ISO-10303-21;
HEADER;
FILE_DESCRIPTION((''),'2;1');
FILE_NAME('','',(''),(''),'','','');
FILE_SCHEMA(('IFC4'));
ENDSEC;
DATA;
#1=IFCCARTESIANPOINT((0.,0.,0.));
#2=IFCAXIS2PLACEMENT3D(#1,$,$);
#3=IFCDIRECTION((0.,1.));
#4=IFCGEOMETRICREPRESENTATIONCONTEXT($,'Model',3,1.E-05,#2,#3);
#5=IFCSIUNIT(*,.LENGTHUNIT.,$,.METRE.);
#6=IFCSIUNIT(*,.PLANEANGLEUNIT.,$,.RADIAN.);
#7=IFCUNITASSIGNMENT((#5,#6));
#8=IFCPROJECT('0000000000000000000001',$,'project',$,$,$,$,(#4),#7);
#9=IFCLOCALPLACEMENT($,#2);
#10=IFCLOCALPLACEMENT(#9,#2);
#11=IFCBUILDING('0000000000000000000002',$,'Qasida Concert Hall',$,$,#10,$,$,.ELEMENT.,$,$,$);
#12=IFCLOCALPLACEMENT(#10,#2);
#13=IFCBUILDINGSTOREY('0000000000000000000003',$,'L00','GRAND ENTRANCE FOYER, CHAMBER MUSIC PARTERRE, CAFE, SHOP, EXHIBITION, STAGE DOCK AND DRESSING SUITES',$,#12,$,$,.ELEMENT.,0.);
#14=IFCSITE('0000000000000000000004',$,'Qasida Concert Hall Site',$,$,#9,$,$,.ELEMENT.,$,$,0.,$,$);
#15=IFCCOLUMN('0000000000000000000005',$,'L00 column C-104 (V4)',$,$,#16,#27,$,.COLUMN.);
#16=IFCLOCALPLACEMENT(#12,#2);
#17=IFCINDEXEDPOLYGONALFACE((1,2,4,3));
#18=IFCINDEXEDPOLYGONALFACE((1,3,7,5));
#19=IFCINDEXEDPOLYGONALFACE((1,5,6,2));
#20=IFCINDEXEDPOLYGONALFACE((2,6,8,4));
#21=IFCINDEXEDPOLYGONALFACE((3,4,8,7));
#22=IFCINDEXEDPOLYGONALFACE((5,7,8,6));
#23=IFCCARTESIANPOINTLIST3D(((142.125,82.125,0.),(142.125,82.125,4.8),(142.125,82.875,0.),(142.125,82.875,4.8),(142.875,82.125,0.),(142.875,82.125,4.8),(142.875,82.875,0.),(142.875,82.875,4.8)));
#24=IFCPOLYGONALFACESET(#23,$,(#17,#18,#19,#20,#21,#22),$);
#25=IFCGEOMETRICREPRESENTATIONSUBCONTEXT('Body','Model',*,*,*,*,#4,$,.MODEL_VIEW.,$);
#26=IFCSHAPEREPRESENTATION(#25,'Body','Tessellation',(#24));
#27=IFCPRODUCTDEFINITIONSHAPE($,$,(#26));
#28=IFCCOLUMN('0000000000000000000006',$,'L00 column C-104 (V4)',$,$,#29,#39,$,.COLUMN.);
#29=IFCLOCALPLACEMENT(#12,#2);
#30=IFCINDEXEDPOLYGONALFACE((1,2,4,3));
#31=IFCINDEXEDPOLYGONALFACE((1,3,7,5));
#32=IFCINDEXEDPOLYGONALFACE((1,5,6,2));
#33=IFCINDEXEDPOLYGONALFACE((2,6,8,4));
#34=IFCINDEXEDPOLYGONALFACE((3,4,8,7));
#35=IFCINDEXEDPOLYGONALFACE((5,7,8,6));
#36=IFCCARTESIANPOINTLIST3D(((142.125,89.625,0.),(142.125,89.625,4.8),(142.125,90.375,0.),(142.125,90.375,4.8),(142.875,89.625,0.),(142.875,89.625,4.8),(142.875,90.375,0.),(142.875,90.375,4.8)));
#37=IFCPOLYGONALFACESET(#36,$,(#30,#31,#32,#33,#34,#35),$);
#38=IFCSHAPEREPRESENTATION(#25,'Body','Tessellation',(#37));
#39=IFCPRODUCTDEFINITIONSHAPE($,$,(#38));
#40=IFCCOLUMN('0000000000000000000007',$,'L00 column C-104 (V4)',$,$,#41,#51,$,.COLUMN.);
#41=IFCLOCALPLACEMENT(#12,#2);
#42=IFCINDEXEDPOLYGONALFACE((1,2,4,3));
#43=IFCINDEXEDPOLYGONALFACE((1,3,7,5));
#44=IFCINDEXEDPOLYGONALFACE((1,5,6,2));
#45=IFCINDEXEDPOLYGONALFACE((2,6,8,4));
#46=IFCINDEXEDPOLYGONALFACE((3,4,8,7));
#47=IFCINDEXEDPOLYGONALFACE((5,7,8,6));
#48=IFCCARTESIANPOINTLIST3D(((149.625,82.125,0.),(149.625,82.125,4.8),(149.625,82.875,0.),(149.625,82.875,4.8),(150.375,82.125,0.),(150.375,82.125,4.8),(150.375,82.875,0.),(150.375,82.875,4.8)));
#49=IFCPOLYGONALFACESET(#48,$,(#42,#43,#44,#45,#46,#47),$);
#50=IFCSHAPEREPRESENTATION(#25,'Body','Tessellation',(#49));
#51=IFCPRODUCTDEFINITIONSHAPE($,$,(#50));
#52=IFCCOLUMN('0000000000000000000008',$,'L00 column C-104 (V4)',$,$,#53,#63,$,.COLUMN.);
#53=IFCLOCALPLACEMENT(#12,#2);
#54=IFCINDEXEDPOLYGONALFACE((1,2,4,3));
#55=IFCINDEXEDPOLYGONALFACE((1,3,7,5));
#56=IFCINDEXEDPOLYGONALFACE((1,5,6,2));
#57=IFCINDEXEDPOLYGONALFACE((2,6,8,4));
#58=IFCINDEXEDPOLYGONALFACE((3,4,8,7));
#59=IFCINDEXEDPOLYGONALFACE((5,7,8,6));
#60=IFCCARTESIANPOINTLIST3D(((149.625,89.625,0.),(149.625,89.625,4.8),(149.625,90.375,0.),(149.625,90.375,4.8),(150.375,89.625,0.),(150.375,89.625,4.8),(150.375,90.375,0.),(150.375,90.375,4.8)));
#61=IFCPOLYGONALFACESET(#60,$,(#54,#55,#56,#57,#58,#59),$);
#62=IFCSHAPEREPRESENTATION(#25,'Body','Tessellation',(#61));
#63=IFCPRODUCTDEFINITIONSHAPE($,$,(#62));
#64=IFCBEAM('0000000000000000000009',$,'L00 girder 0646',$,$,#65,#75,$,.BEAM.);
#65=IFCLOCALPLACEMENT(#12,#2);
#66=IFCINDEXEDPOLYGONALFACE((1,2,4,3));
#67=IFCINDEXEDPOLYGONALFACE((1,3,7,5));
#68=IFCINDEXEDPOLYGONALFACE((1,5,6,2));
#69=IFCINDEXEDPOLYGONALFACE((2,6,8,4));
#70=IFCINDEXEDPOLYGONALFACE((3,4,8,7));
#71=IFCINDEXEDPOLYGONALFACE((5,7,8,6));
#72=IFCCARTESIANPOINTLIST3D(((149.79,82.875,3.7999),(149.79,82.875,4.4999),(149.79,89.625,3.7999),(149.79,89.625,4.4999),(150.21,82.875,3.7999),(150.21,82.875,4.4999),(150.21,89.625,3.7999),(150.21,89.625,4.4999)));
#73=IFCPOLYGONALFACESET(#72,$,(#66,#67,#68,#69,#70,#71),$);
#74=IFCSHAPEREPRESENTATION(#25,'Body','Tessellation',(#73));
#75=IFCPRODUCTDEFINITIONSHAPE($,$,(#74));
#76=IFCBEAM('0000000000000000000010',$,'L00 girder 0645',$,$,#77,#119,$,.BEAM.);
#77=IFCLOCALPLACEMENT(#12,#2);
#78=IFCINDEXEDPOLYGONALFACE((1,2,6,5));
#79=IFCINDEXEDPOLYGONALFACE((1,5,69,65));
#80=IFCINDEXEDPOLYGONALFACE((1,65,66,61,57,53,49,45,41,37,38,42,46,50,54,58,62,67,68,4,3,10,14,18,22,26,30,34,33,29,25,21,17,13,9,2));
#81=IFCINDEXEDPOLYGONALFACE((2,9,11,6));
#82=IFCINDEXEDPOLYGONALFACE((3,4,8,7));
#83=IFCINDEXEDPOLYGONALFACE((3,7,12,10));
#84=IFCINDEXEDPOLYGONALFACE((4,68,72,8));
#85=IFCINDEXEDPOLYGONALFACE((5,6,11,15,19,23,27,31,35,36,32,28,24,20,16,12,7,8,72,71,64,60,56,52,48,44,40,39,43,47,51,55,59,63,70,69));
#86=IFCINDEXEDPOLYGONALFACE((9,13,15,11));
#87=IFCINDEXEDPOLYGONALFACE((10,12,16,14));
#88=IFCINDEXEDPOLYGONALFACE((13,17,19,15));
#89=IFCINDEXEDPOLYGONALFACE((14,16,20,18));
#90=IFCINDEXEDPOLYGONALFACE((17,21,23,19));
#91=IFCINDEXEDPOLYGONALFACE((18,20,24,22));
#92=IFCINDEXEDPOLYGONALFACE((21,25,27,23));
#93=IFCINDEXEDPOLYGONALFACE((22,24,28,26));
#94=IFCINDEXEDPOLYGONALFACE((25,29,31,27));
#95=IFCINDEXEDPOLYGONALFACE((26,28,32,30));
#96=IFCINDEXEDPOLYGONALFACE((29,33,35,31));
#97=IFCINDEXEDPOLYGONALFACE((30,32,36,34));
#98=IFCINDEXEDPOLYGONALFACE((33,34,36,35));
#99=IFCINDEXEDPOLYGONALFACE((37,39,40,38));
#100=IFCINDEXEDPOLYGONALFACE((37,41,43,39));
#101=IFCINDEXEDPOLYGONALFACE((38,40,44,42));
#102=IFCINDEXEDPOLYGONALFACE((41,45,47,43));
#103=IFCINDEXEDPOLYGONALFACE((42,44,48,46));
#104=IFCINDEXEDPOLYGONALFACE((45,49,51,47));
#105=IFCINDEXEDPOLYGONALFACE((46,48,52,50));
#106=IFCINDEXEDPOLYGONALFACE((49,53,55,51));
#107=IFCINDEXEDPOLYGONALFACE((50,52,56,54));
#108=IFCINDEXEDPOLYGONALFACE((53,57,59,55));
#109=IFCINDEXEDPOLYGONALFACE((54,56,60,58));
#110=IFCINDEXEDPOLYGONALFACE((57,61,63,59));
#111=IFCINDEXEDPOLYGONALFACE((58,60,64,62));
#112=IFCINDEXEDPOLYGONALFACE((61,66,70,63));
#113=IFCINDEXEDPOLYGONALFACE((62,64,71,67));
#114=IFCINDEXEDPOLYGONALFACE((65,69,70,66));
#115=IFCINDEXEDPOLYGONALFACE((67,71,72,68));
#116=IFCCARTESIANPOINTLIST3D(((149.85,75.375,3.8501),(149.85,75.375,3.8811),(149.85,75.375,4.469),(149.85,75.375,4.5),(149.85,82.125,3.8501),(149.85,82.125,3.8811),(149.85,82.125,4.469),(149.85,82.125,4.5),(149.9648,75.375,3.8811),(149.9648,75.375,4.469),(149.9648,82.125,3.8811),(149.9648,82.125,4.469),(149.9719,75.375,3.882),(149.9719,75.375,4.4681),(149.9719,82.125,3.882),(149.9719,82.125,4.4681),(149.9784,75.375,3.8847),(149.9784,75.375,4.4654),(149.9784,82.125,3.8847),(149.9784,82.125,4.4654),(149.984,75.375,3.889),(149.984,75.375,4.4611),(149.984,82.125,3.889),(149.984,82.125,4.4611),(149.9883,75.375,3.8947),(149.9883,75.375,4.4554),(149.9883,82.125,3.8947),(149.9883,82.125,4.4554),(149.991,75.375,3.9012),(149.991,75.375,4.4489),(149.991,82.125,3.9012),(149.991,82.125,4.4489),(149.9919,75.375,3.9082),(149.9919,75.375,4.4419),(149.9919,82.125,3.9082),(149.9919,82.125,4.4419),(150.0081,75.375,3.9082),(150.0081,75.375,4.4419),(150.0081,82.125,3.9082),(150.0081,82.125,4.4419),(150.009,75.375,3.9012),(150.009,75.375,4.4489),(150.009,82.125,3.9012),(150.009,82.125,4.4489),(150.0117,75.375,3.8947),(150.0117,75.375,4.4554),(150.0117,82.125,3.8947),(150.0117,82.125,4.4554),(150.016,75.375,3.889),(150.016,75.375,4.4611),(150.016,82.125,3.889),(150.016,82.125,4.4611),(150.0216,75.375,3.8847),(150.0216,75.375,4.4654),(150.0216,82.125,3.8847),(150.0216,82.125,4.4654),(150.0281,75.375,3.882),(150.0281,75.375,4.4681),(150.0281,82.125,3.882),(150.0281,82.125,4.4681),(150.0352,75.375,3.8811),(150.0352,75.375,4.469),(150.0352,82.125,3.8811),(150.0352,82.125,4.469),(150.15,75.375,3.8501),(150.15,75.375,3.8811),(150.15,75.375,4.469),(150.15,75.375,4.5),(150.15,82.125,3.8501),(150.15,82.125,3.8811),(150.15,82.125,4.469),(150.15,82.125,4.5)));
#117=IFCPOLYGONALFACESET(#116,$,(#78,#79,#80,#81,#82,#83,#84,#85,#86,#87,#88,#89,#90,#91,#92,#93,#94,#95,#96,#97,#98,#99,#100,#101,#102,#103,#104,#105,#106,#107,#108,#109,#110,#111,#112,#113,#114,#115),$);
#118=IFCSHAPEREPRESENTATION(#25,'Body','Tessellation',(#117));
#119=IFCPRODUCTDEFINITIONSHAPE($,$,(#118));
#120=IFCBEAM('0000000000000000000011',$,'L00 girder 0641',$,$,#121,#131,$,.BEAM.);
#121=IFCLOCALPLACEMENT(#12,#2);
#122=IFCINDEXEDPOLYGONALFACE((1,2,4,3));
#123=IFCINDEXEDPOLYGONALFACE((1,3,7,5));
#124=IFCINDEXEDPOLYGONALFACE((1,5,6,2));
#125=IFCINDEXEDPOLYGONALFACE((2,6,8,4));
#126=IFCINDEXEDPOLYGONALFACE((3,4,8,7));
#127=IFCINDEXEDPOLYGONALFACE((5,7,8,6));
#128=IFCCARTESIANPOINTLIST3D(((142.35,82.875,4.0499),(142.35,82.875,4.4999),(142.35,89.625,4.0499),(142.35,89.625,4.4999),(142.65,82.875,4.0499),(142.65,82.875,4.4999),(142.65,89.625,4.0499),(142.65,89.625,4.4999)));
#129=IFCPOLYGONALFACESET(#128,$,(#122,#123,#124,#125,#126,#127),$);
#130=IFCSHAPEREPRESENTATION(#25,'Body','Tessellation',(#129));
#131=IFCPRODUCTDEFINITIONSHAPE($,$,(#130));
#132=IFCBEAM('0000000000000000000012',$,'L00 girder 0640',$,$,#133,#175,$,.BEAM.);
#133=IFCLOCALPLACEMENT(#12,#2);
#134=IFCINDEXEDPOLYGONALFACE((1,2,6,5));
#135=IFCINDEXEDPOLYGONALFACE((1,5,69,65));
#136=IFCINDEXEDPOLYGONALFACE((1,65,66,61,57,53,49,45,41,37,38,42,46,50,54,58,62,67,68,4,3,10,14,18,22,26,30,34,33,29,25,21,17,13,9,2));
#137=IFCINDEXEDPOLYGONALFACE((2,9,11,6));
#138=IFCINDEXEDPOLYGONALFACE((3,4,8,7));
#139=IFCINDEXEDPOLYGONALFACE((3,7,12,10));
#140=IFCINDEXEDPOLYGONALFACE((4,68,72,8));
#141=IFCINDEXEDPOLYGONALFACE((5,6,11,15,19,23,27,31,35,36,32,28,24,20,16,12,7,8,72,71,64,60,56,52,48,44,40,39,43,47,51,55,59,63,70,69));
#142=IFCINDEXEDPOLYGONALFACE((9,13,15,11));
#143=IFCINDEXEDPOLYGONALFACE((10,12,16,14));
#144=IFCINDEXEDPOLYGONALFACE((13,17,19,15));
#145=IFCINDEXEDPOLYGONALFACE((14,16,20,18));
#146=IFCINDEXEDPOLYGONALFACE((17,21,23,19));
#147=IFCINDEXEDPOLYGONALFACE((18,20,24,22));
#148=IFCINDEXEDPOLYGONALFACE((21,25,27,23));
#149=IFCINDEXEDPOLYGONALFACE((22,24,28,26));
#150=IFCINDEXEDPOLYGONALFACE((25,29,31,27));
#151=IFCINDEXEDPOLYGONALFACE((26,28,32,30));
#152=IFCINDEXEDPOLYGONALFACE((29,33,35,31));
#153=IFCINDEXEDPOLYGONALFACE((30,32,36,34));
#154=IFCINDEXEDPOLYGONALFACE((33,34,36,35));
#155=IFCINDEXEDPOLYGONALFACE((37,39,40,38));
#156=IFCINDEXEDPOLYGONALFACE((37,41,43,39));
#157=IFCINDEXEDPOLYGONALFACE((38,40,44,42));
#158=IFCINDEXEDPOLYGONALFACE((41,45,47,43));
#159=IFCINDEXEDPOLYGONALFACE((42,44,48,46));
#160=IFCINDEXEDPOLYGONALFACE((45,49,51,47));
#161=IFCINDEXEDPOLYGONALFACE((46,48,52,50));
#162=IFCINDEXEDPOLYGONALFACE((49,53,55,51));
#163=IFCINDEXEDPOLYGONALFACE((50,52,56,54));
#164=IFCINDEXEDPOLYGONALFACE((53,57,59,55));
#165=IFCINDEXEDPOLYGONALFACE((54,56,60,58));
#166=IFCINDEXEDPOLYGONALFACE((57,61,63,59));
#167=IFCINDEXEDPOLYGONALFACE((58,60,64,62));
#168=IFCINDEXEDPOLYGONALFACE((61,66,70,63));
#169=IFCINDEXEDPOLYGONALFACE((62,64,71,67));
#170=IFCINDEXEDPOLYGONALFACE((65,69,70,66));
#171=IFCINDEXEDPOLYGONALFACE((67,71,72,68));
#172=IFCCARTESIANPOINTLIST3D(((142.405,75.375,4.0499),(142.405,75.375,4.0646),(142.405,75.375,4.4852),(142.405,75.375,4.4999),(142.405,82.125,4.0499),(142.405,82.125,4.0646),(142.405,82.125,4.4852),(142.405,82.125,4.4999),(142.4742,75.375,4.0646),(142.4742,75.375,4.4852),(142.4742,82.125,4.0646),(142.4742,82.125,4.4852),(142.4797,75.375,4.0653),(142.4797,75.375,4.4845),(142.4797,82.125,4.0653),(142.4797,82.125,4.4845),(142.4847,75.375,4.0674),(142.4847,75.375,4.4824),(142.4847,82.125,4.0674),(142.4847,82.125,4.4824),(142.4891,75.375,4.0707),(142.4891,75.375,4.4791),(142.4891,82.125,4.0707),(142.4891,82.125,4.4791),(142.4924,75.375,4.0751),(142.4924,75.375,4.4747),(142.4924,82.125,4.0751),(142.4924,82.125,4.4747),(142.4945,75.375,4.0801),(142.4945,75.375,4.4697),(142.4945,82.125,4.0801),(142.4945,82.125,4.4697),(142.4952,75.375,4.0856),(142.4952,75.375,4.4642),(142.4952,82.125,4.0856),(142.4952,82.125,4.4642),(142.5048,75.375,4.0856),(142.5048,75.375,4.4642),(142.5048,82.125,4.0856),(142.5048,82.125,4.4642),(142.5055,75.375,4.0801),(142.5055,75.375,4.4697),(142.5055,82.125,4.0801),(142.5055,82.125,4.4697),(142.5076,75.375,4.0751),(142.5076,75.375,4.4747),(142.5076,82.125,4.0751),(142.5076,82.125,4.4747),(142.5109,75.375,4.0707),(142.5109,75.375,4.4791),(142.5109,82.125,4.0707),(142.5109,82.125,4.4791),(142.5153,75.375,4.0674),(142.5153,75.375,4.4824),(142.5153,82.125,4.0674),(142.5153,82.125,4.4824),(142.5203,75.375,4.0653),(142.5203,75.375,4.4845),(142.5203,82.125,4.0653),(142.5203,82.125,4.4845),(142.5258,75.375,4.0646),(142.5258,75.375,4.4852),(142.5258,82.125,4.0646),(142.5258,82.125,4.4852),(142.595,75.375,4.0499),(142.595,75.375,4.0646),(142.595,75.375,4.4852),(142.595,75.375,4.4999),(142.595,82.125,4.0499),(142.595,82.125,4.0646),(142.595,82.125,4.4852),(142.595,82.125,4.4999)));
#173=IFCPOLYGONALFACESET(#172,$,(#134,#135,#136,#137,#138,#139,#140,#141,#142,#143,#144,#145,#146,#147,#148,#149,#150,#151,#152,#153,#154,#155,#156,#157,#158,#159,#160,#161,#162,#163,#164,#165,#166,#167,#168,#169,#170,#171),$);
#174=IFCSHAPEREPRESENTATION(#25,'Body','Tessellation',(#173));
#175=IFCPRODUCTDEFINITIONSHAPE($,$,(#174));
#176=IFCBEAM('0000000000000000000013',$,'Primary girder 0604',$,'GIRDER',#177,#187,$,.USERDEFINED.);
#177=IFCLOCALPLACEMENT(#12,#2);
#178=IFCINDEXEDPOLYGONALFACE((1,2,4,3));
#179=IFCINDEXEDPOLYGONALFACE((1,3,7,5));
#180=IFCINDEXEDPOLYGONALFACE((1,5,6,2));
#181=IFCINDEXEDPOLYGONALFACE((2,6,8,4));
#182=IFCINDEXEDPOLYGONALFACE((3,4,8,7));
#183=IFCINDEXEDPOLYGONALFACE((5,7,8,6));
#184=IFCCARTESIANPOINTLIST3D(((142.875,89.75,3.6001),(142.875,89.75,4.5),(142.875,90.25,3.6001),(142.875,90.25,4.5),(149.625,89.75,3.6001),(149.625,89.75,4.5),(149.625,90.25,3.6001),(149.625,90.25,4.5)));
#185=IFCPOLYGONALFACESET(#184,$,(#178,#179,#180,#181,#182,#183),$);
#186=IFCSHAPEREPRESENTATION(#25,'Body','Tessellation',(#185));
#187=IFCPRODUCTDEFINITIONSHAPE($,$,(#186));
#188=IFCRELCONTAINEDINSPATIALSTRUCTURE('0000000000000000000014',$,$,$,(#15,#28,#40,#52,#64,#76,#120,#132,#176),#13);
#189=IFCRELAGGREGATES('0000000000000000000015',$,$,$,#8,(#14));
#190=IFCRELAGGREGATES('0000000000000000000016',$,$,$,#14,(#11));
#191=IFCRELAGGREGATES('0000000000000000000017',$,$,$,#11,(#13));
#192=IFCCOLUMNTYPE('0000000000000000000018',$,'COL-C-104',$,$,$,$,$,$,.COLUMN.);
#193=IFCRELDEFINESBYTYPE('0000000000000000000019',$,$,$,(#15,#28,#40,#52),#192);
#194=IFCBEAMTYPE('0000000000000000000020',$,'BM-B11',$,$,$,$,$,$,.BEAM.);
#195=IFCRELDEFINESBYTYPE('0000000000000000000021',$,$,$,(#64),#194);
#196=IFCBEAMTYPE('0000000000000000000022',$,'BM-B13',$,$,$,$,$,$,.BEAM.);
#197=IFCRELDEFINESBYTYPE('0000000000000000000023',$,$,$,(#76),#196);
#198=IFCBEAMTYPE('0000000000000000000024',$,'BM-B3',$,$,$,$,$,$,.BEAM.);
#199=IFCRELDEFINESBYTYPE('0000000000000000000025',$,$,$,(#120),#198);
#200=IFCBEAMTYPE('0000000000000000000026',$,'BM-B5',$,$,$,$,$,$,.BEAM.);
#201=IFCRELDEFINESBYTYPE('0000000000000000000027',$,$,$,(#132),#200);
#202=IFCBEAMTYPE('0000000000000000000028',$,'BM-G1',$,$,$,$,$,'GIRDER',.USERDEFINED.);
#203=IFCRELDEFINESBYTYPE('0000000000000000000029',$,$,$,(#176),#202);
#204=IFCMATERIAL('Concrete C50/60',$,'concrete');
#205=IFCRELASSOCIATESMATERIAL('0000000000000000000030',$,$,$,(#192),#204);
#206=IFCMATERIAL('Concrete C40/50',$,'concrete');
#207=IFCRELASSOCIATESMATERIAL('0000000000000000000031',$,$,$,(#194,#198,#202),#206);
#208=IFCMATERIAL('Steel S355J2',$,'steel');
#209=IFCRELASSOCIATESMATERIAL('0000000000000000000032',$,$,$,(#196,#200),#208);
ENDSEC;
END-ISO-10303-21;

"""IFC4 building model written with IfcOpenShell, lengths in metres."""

from ifc_helpers import new_model, si_unit, direction, frame, origin, origin_2d, place, context, subcontext, project, spatial, rectangle, i_section, extrude, material, material_profile, profile_set, type_object, element, save


model = new_model("IFC4")

# Units and contexts
model_context = context("Model", 3, precision=1e-05, world=origin(), true_north=direction((0.0, 1.0)))
body_context = subcontext(model_context, "Body", "Model", "MODEL_VIEW")
ifc_project = project(units=[si_unit("LENGTHUNIT", "METRE"), si_unit("PLANEANGLEUNIT", "RADIAN")], contexts=[model_context])

# Site, building, storey
site_placement = place(None, origin())
site = spatial("IfcSite", under=ifc_project, at=site_placement, Name="Qasida Concert Hall Site", CompositionType="ELEMENT", RefElevation=0.0)
building_placement = place(site_placement, origin())
building = spatial("IfcBuilding", under=site, at=building_placement, Name="Qasida Concert Hall", CompositionType="ELEMENT")
storey_placement = place(building_placement, origin())
storey = spatial("IfcBuildingStorey", under=building, at=storey_placement, Name="L00", Description="GRAND ENTRANCE FOYER, CHAMBER MUSIC PARTERRE, CAFE, SHOP, EXHIBITION, STAGE DOCK AND DRESSING SUITES", CompositionType="ELEMENT", Elevation=0.0)

# Columns
ifc_material_1 = material(Name="Concrete C50/60", Category="concrete")
ifc_material_profile_1 = material_profile(ifc_material_1, rectangle(XDim=0.75, YDim=0.75, at=origin_2d()), Name="RC 750x750")
ifc_profile_set_1 = profile_set([ifc_material_profile_1], Name="Concrete C50/60")
column_type = type_object("IfcColumnType", Name="COL-C-104", PredefinedType="COLUMN", material=ifc_profile_set_1)
for number, where, z_axis, x_axis, name in (
    (1, (142.5, 82.5, 0.0), (0.0, 0.0, 1.0), (1.0, 0.0, 0.0), "L00 column C-104 (V4)"),
    (2, (142.5, 90.0, 0.0), (0.0, 0.0, 1.0), (1.0, 0.0, 0.0), "L00 column C-104 (V4)"),
    (3, (150.0, 82.5, 0.0), (0.0, 0.0, 1.0), (1.0, 0.0, 0.0), "L00 column C-104 (V4)"),
    (4, (150.0, 90.0, 0.0), (0.0, 0.0, 1.0), (1.0, 0.0, 0.0), "L00 column C-104 (V4)"),
):
    element("IfcColumn", number, at=place(storey_placement, frame(where, z_axis=z_axis, x_axis=x_axis)), inside=storey, type_object=column_type, Name=name, PredefinedType="COLUMN", context=body_context, shape_type="SweptSolid", body=[
        extrude(rectangle(XDim=0.75, YDim=0.75, at=origin_2d()), origin(), (0.0, 0.0, 1.0), 4.8),
    ])

# Beams
ifc_material_2 = material(Name="Concrete C40/50", Category="concrete")
ifc_material_profile_2 = material_profile(ifc_material_2, rectangle(XDim=0.4199, YDim=0.7, at=origin_2d()), Name="RC 420x700")
ifc_profile_set_2 = profile_set([ifc_material_profile_2], Name="Concrete C40/50")
beam_type_1 = type_object("IfcBeamType", Name="BM-B11", PredefinedType="BEAM", material=ifc_profile_set_2)
beam_1_placement = place(storey_placement, frame((150.0, 82.875, 4.1499), z_axis=(0.0, 1.0, 0.0), x_axis=(-1.0, 0.0, 0.0)))
element("IfcBeam", 5, at=beam_1_placement, inside=storey, type_object=beam_type_1, Name="L00 girder 0646", PredefinedType="BEAM", context=body_context, shape_type="SweptSolid", body=[
    extrude(rectangle(XDim=0.4199, YDim=0.7, at=origin_2d()), origin(), (0.0, 0.0, 1.0), 6.75),
])
ifc_material_3 = material(Name="Steel S355J2", Category="steel")
ifc_material_profile_3 = material_profile(ifc_material_3, i_section(OverallWidth=0.3, OverallDepth=0.6499, WebThickness=0.0161, FlangeThickness=0.031, FilletRadius=0.0271, at=origin_2d()), Name="HEB 650")
ifc_profile_set_3 = profile_set([ifc_material_profile_3], Name="Steel S355J2")
beam_type_2 = type_object("IfcBeamType", Name="BM-B13", PredefinedType="BEAM", material=ifc_profile_set_3)
beam_2_placement = place(storey_placement, frame((150.0, 75.375, 4.175), z_axis=(0.0, 1.0, 0.0), x_axis=(-1.0, 0.0, 0.0)))
element("IfcBeam", 6, at=beam_2_placement, inside=storey, type_object=beam_type_2, Name="L00 girder 0645", PredefinedType="BEAM", context=body_context, shape_type="SweptSolid", body=[
    extrude(i_section(OverallWidth=0.3, OverallDepth=0.6499, WebThickness=0.0161, FlangeThickness=0.031, FilletRadius=0.0271, at=origin_2d()), origin(), (0.0, 0.0, 1.0), 6.75),
])
ifc_material_profile_4 = material_profile(ifc_material_2, rectangle(XDim=0.3, YDim=0.45, at=origin_2d()), Name="RC 300x450")
ifc_profile_set_4 = profile_set([ifc_material_profile_4], Name="Concrete C40/50")
beam_type_3 = type_object("IfcBeamType", Name="BM-B3", PredefinedType="BEAM", material=ifc_profile_set_4)
beam_3_placement = place(storey_placement, frame((142.5, 82.875, 4.2749), z_axis=(0.0, 1.0, 0.0), x_axis=(-1.0, 0.0, 0.0)))
element("IfcBeam", 7, at=beam_3_placement, inside=storey, type_object=beam_type_3, Name="L00 girder 0641", PredefinedType="BEAM", context=body_context, shape_type="SweptSolid", body=[
    extrude(rectangle(XDim=0.3, YDim=0.45, at=origin_2d()), origin(), (0.0, 0.0, 1.0), 6.75),
])
ifc_material_profile_5 = material_profile(ifc_material_3, i_section(OverallWidth=0.1899, OverallDepth=0.45, WebThickness=0.0095, FlangeThickness=0.0146, FilletRadius=0.021, at=origin_2d()), Name="IPE 450")
ifc_profile_set_5 = profile_set([ifc_material_profile_5], Name="Steel S355J2")
beam_type_4 = type_object("IfcBeamType", Name="BM-B5", PredefinedType="BEAM", material=ifc_profile_set_5)
beam_4_placement = place(storey_placement, frame((142.5, 75.375, 4.2749), z_axis=(0.0, 1.0, 0.0), x_axis=(-1.0, 0.0, 0.0)))
element("IfcBeam", 8, at=beam_4_placement, inside=storey, type_object=beam_type_4, Name="L00 girder 0640", PredefinedType="BEAM", context=body_context, shape_type="SweptSolid", body=[
    extrude(i_section(OverallWidth=0.1899, OverallDepth=0.45, WebThickness=0.0095, FlangeThickness=0.0146, FilletRadius=0.021, at=origin_2d()), origin(), (0.0, 0.0, 1.0), 6.75),
])
ifc_material_profile_6 = material_profile(ifc_material_2, rectangle(XDim=0.5, YDim=0.8999, at=origin_2d()), Name="RC 500x900")
ifc_profile_set_6 = profile_set([ifc_material_profile_6], Name="Concrete C40/50")
beam_type_5 = type_object("IfcBeamType", Name="BM-G1", ElementType="GIRDER", PredefinedType="USERDEFINED", material=ifc_profile_set_6)
beam_5_placement = place(storey_placement, frame((142.875, 90.0, 4.05), z_axis=(1.0, 0.0, 0.0), x_axis=(0.0, 1.0, 0.0)))
element("IfcBeam", 9, at=beam_5_placement, inside=storey, type_object=beam_type_5, Name="Primary girder 0604", ObjectType="GIRDER", PredefinedType="USERDEFINED", context=body_context, shape_type="SweptSolid", body=[
    extrude(rectangle(XDim=0.5, YDim=0.8999, at=origin_2d()), origin(), (0.0, 0.0, 1.0), 6.75),
])

save(model, "model.ifc")
